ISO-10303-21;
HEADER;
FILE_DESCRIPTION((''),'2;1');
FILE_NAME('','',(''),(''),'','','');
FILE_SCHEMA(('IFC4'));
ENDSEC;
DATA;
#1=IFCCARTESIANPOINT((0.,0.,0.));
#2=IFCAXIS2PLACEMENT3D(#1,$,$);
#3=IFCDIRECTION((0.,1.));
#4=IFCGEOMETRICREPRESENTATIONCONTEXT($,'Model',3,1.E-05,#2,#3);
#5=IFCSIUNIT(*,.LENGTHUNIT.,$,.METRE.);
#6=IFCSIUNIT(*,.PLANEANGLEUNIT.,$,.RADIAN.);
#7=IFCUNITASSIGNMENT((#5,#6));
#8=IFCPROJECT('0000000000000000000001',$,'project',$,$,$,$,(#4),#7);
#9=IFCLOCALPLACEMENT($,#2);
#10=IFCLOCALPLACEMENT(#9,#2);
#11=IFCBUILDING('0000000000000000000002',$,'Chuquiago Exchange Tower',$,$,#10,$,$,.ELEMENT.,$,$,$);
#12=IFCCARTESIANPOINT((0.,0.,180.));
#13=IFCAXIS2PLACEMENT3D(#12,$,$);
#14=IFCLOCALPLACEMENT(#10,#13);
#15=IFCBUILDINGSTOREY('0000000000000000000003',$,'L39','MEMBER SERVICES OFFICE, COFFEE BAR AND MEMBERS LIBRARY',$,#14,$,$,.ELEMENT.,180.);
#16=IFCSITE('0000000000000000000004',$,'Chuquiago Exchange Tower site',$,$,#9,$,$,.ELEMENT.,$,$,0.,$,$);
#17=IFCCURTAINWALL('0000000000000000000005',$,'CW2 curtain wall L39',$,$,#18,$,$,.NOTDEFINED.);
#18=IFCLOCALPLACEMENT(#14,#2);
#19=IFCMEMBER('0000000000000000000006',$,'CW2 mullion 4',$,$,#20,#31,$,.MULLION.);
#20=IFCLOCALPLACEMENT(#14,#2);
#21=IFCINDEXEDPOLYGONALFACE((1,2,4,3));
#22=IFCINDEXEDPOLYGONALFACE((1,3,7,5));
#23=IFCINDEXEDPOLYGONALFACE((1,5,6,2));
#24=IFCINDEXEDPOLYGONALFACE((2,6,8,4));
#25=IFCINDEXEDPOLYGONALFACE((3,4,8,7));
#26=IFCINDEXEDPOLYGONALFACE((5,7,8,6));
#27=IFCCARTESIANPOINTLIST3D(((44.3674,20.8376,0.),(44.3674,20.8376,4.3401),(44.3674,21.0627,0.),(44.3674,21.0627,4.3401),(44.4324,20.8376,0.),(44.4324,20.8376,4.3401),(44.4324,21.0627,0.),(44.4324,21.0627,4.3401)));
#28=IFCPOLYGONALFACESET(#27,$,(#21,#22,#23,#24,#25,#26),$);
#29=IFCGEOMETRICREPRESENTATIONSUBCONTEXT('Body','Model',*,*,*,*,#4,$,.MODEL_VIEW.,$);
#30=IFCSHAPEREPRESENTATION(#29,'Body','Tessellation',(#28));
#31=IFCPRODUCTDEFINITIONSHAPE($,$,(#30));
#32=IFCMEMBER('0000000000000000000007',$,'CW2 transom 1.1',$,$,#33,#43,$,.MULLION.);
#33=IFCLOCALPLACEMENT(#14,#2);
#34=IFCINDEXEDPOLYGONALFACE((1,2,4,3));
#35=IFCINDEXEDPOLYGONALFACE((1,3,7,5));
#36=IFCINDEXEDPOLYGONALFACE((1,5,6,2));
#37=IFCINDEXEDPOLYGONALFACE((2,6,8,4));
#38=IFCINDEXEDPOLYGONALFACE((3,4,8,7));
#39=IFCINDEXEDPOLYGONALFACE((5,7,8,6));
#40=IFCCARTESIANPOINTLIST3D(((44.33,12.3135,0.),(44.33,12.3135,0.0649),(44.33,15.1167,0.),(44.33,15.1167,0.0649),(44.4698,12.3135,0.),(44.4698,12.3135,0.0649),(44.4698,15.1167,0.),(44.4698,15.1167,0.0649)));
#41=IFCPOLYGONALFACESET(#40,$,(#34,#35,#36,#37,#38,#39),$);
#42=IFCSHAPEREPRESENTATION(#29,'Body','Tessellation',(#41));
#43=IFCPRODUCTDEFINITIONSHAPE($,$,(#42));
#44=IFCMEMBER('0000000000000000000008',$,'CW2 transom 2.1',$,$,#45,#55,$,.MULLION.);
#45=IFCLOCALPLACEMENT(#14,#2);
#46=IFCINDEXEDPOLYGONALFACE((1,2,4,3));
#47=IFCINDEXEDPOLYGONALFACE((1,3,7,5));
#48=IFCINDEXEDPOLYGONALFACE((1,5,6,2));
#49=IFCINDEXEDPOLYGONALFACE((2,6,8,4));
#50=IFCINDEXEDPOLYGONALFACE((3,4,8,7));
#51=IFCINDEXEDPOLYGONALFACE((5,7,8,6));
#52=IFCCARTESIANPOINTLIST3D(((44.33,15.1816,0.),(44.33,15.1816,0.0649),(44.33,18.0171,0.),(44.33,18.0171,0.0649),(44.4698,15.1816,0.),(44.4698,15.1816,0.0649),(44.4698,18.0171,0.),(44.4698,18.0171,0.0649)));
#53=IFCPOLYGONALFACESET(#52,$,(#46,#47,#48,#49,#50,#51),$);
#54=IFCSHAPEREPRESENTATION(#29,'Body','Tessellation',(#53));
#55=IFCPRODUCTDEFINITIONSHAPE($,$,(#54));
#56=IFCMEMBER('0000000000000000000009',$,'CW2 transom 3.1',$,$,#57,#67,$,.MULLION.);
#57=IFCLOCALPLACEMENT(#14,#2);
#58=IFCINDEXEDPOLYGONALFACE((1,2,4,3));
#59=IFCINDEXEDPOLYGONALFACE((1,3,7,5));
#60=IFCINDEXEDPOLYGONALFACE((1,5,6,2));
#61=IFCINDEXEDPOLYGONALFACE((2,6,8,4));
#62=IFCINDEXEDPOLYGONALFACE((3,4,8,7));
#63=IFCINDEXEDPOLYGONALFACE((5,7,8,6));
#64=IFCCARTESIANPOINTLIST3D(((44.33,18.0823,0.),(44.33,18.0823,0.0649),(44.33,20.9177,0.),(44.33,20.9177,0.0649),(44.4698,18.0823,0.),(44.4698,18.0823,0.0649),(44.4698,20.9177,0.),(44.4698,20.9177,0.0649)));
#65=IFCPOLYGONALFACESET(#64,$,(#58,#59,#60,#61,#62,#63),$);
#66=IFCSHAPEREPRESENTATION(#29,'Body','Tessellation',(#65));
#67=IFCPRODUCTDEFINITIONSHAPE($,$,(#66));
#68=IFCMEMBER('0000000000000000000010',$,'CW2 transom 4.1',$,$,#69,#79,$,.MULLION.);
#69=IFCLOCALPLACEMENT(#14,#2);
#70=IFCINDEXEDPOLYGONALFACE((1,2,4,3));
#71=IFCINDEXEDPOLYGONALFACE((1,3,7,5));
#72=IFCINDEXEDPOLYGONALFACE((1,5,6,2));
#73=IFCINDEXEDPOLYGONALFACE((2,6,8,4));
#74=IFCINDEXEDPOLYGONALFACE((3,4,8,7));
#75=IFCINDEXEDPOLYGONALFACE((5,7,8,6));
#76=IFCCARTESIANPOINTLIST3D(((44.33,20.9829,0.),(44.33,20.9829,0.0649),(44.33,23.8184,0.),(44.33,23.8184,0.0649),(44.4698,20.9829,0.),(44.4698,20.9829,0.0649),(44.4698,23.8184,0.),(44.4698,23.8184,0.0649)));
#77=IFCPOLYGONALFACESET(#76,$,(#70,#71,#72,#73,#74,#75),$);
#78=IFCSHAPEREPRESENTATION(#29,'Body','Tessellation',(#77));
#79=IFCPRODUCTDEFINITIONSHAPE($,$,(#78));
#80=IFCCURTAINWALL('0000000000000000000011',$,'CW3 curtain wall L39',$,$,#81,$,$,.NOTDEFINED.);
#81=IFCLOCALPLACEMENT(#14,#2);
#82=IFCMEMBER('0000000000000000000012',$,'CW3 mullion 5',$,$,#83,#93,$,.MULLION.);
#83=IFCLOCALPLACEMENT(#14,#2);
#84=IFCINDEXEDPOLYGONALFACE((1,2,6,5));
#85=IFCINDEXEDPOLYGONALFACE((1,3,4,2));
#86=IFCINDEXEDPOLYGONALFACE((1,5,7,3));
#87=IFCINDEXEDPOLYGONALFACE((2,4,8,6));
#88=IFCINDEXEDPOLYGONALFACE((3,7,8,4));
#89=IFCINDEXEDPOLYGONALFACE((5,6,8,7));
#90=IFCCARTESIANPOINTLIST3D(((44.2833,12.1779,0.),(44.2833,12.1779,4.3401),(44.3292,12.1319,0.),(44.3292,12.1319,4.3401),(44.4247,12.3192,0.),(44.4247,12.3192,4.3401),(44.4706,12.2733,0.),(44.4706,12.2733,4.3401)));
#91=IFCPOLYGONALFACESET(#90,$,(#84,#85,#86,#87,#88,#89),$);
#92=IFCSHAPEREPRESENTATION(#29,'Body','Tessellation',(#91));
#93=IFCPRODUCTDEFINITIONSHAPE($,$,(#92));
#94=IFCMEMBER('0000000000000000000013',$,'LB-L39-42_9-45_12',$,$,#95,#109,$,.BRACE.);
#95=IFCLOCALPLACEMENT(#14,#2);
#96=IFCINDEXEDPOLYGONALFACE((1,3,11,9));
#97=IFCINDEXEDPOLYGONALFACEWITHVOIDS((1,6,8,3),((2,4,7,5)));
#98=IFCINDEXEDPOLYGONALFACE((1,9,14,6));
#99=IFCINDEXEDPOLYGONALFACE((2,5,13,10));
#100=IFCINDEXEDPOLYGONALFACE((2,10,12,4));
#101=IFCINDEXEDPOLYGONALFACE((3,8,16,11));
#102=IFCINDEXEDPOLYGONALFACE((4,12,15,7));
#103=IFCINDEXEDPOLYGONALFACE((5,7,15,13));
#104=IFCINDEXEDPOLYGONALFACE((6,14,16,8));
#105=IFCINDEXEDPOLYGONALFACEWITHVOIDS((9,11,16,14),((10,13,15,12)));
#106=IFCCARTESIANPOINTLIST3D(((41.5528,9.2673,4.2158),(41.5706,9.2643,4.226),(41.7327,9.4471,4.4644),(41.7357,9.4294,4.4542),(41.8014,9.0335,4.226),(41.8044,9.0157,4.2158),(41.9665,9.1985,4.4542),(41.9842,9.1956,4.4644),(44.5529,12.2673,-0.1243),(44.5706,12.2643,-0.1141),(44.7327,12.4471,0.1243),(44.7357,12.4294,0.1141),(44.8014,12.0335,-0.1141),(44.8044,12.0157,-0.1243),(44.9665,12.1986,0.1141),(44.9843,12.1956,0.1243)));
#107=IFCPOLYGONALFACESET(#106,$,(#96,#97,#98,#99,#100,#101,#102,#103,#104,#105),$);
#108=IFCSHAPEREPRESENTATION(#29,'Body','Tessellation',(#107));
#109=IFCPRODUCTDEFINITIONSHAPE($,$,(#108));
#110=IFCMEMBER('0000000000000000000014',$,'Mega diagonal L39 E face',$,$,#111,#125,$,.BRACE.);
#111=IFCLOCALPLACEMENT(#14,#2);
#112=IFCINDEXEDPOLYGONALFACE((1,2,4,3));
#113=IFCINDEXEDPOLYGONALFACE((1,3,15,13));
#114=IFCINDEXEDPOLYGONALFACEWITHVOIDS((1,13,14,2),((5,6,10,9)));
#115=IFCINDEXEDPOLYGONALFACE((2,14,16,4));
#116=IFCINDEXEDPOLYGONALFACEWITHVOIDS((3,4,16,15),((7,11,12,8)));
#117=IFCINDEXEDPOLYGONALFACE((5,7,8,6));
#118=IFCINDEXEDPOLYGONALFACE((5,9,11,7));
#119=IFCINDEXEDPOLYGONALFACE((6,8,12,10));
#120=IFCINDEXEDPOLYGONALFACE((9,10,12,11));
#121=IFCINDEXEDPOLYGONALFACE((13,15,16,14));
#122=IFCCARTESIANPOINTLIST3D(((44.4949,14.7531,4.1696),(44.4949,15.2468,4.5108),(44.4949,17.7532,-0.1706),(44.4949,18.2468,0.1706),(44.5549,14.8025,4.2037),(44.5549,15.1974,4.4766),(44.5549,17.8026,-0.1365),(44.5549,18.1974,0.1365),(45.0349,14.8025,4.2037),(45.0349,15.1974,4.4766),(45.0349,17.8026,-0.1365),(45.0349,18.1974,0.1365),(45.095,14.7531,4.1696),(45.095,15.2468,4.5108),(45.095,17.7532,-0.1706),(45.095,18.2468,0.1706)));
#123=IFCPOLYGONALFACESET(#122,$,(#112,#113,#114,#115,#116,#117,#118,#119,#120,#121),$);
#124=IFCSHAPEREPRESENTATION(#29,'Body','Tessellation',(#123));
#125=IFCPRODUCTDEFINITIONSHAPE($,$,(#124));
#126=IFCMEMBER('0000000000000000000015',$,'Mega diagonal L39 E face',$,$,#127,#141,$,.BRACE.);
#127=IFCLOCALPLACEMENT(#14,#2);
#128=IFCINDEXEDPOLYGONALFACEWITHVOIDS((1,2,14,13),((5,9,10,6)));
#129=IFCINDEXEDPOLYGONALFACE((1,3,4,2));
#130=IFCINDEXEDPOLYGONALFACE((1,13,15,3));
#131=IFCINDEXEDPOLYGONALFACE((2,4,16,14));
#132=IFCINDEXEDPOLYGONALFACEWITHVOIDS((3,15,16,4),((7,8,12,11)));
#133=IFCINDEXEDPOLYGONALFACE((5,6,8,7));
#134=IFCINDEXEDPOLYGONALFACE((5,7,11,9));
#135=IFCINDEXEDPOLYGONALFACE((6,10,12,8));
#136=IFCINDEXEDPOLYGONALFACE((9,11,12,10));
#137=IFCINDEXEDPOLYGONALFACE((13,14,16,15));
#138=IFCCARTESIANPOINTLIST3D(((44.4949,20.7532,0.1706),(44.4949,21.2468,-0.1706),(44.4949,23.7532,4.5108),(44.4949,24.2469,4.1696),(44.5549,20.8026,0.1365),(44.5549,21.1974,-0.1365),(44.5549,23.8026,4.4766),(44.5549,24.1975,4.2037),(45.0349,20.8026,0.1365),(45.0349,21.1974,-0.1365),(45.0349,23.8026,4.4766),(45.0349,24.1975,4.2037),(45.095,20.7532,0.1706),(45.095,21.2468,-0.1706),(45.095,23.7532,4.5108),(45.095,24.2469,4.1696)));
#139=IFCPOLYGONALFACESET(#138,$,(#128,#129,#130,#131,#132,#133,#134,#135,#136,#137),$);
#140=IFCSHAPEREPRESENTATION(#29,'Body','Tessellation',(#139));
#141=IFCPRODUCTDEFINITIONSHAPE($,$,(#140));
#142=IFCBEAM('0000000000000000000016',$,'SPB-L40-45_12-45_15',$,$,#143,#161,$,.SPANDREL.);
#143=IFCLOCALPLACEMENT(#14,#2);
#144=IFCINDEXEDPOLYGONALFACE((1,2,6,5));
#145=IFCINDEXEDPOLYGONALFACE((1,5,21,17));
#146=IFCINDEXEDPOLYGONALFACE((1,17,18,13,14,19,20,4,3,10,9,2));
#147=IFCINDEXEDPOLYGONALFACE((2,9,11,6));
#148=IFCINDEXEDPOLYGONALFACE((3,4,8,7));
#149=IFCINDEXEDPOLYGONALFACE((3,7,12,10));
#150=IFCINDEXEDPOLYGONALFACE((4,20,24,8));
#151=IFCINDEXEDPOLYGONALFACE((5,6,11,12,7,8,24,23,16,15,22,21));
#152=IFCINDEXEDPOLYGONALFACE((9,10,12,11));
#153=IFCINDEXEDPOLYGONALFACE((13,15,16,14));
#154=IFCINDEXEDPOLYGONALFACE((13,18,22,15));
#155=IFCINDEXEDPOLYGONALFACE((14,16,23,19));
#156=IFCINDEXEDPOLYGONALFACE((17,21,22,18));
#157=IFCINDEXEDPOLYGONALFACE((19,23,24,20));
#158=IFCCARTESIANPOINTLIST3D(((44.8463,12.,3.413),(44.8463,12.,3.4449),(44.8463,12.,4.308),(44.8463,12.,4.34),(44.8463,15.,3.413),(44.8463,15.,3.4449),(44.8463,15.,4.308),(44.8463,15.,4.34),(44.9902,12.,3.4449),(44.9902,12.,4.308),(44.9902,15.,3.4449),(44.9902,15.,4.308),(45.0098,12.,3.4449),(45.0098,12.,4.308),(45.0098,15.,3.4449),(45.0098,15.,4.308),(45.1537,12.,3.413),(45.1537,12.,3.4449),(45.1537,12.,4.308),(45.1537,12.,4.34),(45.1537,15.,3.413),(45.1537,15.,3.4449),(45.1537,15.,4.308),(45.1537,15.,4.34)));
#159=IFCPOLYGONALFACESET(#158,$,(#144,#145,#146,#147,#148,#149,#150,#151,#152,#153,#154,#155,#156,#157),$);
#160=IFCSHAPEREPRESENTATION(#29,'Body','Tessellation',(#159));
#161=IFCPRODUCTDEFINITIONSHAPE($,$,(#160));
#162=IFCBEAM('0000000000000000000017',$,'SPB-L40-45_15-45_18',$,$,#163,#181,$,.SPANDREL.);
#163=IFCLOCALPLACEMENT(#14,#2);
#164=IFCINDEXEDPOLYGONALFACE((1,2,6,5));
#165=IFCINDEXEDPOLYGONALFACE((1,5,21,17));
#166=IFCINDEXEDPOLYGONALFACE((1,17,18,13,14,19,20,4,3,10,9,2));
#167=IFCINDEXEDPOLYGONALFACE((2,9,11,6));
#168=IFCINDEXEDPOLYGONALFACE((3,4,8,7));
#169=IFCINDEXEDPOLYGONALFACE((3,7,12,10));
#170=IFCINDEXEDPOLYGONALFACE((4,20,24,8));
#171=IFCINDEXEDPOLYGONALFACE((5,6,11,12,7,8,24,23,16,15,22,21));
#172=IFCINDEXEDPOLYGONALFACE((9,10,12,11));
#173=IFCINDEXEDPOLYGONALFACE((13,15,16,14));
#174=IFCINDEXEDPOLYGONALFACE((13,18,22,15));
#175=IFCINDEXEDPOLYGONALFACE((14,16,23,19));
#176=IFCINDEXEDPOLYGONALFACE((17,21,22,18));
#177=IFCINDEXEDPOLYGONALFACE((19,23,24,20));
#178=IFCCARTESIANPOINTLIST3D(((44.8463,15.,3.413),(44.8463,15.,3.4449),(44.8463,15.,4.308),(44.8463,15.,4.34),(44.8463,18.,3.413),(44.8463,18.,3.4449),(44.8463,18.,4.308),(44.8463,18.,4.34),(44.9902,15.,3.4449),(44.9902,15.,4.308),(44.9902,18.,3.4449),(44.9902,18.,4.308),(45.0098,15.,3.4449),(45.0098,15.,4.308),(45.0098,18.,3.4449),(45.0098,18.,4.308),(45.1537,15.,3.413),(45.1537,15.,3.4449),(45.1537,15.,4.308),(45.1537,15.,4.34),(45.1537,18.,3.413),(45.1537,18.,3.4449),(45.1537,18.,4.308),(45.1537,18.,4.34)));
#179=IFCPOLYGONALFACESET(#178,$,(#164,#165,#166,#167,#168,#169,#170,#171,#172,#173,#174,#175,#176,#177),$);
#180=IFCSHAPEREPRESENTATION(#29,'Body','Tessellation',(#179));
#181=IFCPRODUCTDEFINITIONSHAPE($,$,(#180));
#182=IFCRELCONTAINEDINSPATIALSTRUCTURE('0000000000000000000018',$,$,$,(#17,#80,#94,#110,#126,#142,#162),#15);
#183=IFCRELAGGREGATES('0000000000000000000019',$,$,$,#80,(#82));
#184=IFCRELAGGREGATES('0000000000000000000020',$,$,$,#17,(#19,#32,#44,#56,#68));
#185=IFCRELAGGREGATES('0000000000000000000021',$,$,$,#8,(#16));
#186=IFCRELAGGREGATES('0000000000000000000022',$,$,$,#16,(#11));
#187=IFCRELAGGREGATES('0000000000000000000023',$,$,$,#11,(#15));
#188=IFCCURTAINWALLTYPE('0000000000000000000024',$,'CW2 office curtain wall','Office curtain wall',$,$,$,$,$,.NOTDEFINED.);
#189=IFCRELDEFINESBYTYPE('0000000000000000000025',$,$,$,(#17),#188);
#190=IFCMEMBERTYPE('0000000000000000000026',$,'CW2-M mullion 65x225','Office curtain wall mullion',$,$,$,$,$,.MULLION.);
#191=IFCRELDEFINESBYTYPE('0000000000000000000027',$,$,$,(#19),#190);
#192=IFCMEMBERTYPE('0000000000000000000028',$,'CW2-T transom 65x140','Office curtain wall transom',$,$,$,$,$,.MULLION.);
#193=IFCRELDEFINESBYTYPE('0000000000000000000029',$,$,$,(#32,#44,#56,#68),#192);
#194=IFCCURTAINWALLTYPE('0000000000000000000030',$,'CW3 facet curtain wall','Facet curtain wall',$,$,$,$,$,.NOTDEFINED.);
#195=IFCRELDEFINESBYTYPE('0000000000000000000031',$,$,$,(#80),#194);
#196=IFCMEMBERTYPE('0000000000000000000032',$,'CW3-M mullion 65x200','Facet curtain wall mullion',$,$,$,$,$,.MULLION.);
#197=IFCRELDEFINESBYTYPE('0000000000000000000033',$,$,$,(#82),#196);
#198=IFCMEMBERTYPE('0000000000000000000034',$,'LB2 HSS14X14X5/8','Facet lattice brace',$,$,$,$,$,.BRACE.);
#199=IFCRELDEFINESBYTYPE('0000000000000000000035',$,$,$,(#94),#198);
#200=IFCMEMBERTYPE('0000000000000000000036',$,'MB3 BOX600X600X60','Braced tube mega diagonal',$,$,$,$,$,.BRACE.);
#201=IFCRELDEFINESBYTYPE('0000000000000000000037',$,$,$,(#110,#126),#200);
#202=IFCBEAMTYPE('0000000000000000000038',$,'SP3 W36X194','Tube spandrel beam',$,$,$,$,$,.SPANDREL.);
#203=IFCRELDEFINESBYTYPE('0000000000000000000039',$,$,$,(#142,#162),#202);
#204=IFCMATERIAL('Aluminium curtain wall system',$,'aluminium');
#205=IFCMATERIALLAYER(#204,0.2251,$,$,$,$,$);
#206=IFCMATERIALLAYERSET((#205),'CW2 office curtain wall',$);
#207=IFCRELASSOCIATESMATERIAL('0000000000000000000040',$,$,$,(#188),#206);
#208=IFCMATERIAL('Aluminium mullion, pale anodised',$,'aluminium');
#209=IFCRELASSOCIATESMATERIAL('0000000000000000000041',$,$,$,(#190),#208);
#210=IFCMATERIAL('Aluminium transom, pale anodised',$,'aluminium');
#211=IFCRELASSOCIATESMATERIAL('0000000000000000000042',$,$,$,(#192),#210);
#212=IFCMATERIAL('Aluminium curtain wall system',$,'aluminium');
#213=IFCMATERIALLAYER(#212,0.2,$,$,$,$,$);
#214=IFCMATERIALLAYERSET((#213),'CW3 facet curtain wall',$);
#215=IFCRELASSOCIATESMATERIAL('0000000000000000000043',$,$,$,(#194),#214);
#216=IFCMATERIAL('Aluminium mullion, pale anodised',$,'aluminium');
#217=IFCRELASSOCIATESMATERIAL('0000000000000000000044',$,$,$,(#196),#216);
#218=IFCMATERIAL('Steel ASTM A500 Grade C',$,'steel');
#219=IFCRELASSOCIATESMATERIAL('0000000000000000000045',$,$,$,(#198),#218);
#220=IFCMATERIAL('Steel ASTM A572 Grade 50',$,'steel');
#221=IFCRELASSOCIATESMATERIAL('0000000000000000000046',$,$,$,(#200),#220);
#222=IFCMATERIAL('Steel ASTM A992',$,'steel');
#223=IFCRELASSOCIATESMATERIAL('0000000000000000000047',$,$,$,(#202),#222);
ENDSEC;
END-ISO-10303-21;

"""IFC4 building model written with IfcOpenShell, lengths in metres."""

from ifc_helpers import new_model, si_unit, direction, frame, origin, origin_2d, place, context, subcontext, project, spatial, rectangle, hollow_rectangle, i_section, extrude, material, layer, layer_set, material_profile, profile_set, type_object, element, aggregate, save


model = new_model("IFC4")

# Units and contexts
model_context = context("Model", 3, precision=1e-05, world=origin(), true_north=direction((0.0, 1.0)))
body_context = subcontext(model_context, "Body", "Model", "MODEL_VIEW")
ifc_project = project(units=[si_unit("LENGTHUNIT", "METRE"), si_unit("PLANEANGLEUNIT", "RADIAN")], contexts=[model_context])

# Site, building, storey
site_placement = place(None, origin())
site = spatial("IfcSite", under=ifc_project, at=site_placement, Name="Chuquiago Exchange Tower site", CompositionType="ELEMENT", RefElevation=0.0)
building_placement = place(site_placement, origin())
building = spatial("IfcBuilding", under=site, at=building_placement, Name="Chuquiago Exchange Tower", CompositionType="ELEMENT")
storey_placement = place(building_placement, frame((0.0, 0.0, 180.0)))
storey = spatial("IfcBuildingStorey", under=building, at=storey_placement, Name="L39", Description="MEMBER SERVICES OFFICE, COFFEE BAR AND MEMBERS LIBRARY", CompositionType="ELEMENT", Elevation=180.0)

# Curtain wall, members
ifc_material_1 = material(Name="Aluminium curtain wall system", Category="aluminium")
ifc_layer_1 = layer(ifc_material_1, 0.2251)
ifc_layer_set_1 = layer_set([ifc_layer_1], Name="CW2 office curtain wall")
curtain_wall_type_1 = type_object("IfcCurtainWallType", Name="CW2 office curtain wall", Description="Office curtain wall", PredefinedType="NOTDEFINED", material=ifc_layer_set_1)
curtain_wall_1_placement = place(storey_placement, origin())
curtain_wall_1 = element("IfcCurtainWall", 1, at=curtain_wall_1_placement, inside=storey, type_object=curtain_wall_type_1, Name="CW2 curtain wall L39", PredefinedType="NOTDEFINED")
ifc_material_2 = material(Name="Aluminium mullion, pale anodised", Category="aluminium")
ifc_material_profile_1 = material_profile(ifc_material_2, rectangle(XDim=0.0649, YDim=0.2251, at=origin_2d()), Name="AL 65x225")
ifc_profile_set_1 = profile_set([ifc_material_profile_1], Name="Aluminium mullion, pale anodised")
member_type_1 = type_object("IfcMemberType", Name="CW2-M mullion 65x225", Description="Office curtain wall mullion", PredefinedType="MULLION", material=ifc_profile_set_1)
member_1_placement = place(storey_placement, frame((44.3999, 20.9502, 0.0), z_axis=(0.0, 0.0, 1.0), x_axis=(-1.0, 0.0, 0.0)))
member_1 = element("IfcMember", 2, at=member_1_placement, type_object=member_type_1, Name="CW2 mullion 4", PredefinedType="MULLION", context=body_context, shape_type="SweptSolid", body=[
    extrude(rectangle(XDim=0.0649, YDim=0.2251, at=origin_2d()), origin(), (0.0, 0.0, 1.0), 4.3401),
])
ifc_material_3 = material(Name="Aluminium transom, pale anodised", Category="aluminium")
ifc_material_profile_2 = material_profile(ifc_material_3, rectangle(XDim=0.1399, YDim=0.0649, at=origin_2d()), Name="AL 140x65")
ifc_profile_set_2 = profile_set([ifc_material_profile_2], Name="Aluminium transom, pale anodised")
member_type_2 = type_object("IfcMemberType", Name="CW2-T transom 65x140", Description="Office curtain wall transom", PredefinedType="MULLION", material=ifc_profile_set_2)
member_2_placement = place(storey_placement, frame((44.3999, 12.3135, 0.0325), z_axis=(0.0, 1.0, 0.0), x_axis=(-1.0, 0.0, 0.0)))
member_2 = element("IfcMember", 3, at=member_2_placement, type_object=member_type_2, Name="CW2 transom 1.1", PredefinedType="MULLION", context=body_context, shape_type="SweptSolid", body=[
    extrude(rectangle(XDim=0.1399, YDim=0.0649, at=origin_2d()), origin(), (0.0, 0.0, 1.0), 2.8032),
])
member_3_placement = place(storey_placement, frame((44.3999, 15.1816, 0.0325), z_axis=(0.0, 1.0, 0.0), x_axis=(-1.0, 0.0, 0.0)))
member_3 = element("IfcMember", 4, at=member_3_placement, type_object=member_type_2, Name="CW2 transom 2.1", PredefinedType="MULLION", context=body_context, shape_type="SweptSolid", body=[
    extrude(rectangle(XDim=0.1399, YDim=0.0649, at=origin_2d()), origin(), (0.0, 0.0, 1.0), 2.8354),
])
member_4_placement = place(storey_placement, frame((44.3999, 18.0823, 0.0325), z_axis=(0.0, 1.0, 0.0), x_axis=(-1.0, 0.0, 0.0)))
member_4 = element("IfcMember", 5, at=member_4_placement, type_object=member_type_2, Name="CW2 transom 3.1", PredefinedType="MULLION", context=body_context, shape_type="SweptSolid", body=[
    extrude(rectangle(XDim=0.1399, YDim=0.0649, at=origin_2d()), origin(), (0.0, 0.0, 1.0), 2.8354),
])
member_5_placement = place(storey_placement, frame((44.3999, 20.9829, 0.0325), z_axis=(0.0, 1.0, 0.0), x_axis=(-1.0, 0.0, 0.0)))
member_5 = element("IfcMember", 6, at=member_5_placement, type_object=member_type_2, Name="CW2 transom 4.1", PredefinedType="MULLION", context=body_context, shape_type="SweptSolid", body=[
    extrude(rectangle(XDim=0.1399, YDim=0.0649, at=origin_2d()), origin(), (0.0, 0.0, 1.0), 2.8354),
])

# Curtain wall, member
ifc_material_4 = material(Name="Aluminium curtain wall system", Category="aluminium")
ifc_layer_2 = layer(ifc_material_4, 0.2)
ifc_layer_set_2 = layer_set([ifc_layer_2], Name="CW3 facet curtain wall")
curtain_wall_type_2 = type_object("IfcCurtainWallType", Name="CW3 facet curtain wall", Description="Facet curtain wall", PredefinedType="NOTDEFINED", material=ifc_layer_set_2)
curtain_wall_2_placement = place(storey_placement, origin())
curtain_wall_2 = element("IfcCurtainWall", 7, at=curtain_wall_2_placement, inside=storey, type_object=curtain_wall_type_2, Name="CW3 curtain wall L39", PredefinedType="NOTDEFINED")
ifc_material_5 = material(Name="Aluminium mullion, pale anodised", Category="aluminium")
ifc_material_profile_3 = material_profile(ifc_material_5, rectangle(XDim=0.0649, YDim=0.2, at=origin_2d()), Name="AL 65x200")
ifc_profile_set_3 = profile_set([ifc_material_profile_3], Name="Aluminium mullion, pale anodised")
member_type_3 = type_object("IfcMemberType", Name="CW3-M mullion 65x200", Description="Facet curtain wall mullion", PredefinedType="MULLION", material=ifc_profile_set_3)
member_6_placement = place(storey_placement, frame((44.377, 12.2256, 0.0), z_axis=(0.0, 0.0, 1.0), x_axis=(-0.707107, 0.707107, 0.0)))
member_6 = element("IfcMember", 8, at=member_6_placement, type_object=member_type_3, Name="CW3 mullion 5", PredefinedType="MULLION", context=body_context, shape_type="SweptSolid", body=[
    extrude(rectangle(XDim=0.0649, YDim=0.2, at=origin_2d()), origin(), (0.0, 0.0, 1.0), 4.3401),
])
aggregate(curtain_wall_2, [member_6])

# Members
ifc_material_6 = material(Name="Steel ASTM A500 Grade C", Category="steel")
ifc_material_profile_4 = material_profile(ifc_material_6, hollow_rectangle(XDim=0.3557, YDim=0.3557, WallThickness=0.0146, at=origin_2d()), Name="HSS14X14X5/8")
ifc_profile_set_4 = profile_set([ifc_material_profile_4], Name="Steel ASTM A500 Grade C")
member_type_4 = type_object("IfcMemberType", Name="LB2 HSS14X14X5/8", Description="Facet lattice brace", PredefinedType="BRACE", material=ifc_profile_set_4)
member_7_placement = place(storey_placement, frame((44.7686, 12.2314, 0.0), z_axis=(-0.494291, -0.494291, 0.715089), x_axis=(0.707107, -0.707107, 0.0)))
element("IfcMember", 9, at=member_7_placement, inside=storey, type_object=member_type_4, Name="LB-L39-42_9-45_12", PredefinedType="BRACE", context=body_context, shape_type="SweptSolid", body=[
    extrude(hollow_rectangle(XDim=0.3557, YDim=0.3557, WallThickness=0.0146, at=origin_2d()), origin(), (0.0, 0.0, 1.0), 6.0693),
])
ifc_material_7 = material(Name="Steel ASTM A572 Grade 50", Category="steel")
ifc_material_profile_5 = material_profile(ifc_material_7, hollow_rectangle(XDim=0.6001, YDim=0.6001, WallThickness=0.0601, at=origin_2d()), Name="BOX600X600X60")
ifc_profile_set_5 = profile_set([ifc_material_profile_5], Name="Steel ASTM A572 Grade 50")
member_type_5 = type_object("IfcMemberType", Name="MB3 BOX600X600X60", Description="Braced tube mega diagonal", PredefinedType="BRACE", material=ifc_profile_set_5)
for number, where, z_axis, x_axis, name in (
    (10, (44.7949, 18.0, 0.0), (0.0, -0.568611, 0.822607), (1.0, 0.0, 0.0), "Mega diagonal L39 E face"),
    (11, (44.7949, 21.0, 0.0), (0.0, 0.568611, 0.822607), (-1.0, 0.0, 0.0), "Mega diagonal L39 E face"),
):
    element("IfcMember", number, at=place(storey_placement, frame(where, z_axis=z_axis, x_axis=x_axis)), inside=storey, type_object=member_type_5, Name=name, PredefinedType="BRACE", context=body_context, shape_type="SweptSolid", body=[
        extrude(hollow_rectangle(XDim=0.6001, YDim=0.6001, WallThickness=0.0601, at=origin_2d()), origin(), (0.0, 0.0, 1.0), 5.2761),
    ])

# Beams
ifc_material_8 = material(Name="Steel ASTM A992", Category="steel")
ifc_material_profile_6 = material_profile(ifc_material_8, i_section(OverallWidth=0.3074, OverallDepth=0.927, WebThickness=0.0195, FlangeThickness=0.032, at=origin_2d()), Name="W36X194")
ifc_profile_set_6 = profile_set([ifc_material_profile_6], Name="Steel ASTM A992")
beam_type_1 = type_object("IfcBeamType", Name="SP3 W36X194", Description="Tube spandrel beam", PredefinedType="SPANDREL", material=ifc_profile_set_6)
for number, where, z_axis, x_axis, name in (
    (12, (45.0, 12.0, 3.8765), (0.0, 1.0, 0.0), (-1.0, 0.0, 0.0), "SPB-L40-45_12-45_15"),
    (13, (45.0, 15.0, 3.8765), (0.0, 1.0, 0.0), (-1.0, 0.0, 0.0), "SPB-L40-45_15-45_18"),
):
    element("IfcBeam", number, at=place(storey_placement, frame(where, z_axis=z_axis, x_axis=x_axis)), inside=storey, type_object=beam_type_1, Name=name, PredefinedType="SPANDREL", context=body_context, shape_type="SweptSolid", body=[
        extrude(i_section(OverallWidth=0.3074, OverallDepth=0.927, WebThickness=0.0195, FlangeThickness=0.032, at=origin_2d()), origin(), (0.0, 0.0, 1.0), 3.0),
    ])

aggregate(curtain_wall_1, [member_1, member_2, member_3, member_4, member_5])

save(model, "model.ifc")
